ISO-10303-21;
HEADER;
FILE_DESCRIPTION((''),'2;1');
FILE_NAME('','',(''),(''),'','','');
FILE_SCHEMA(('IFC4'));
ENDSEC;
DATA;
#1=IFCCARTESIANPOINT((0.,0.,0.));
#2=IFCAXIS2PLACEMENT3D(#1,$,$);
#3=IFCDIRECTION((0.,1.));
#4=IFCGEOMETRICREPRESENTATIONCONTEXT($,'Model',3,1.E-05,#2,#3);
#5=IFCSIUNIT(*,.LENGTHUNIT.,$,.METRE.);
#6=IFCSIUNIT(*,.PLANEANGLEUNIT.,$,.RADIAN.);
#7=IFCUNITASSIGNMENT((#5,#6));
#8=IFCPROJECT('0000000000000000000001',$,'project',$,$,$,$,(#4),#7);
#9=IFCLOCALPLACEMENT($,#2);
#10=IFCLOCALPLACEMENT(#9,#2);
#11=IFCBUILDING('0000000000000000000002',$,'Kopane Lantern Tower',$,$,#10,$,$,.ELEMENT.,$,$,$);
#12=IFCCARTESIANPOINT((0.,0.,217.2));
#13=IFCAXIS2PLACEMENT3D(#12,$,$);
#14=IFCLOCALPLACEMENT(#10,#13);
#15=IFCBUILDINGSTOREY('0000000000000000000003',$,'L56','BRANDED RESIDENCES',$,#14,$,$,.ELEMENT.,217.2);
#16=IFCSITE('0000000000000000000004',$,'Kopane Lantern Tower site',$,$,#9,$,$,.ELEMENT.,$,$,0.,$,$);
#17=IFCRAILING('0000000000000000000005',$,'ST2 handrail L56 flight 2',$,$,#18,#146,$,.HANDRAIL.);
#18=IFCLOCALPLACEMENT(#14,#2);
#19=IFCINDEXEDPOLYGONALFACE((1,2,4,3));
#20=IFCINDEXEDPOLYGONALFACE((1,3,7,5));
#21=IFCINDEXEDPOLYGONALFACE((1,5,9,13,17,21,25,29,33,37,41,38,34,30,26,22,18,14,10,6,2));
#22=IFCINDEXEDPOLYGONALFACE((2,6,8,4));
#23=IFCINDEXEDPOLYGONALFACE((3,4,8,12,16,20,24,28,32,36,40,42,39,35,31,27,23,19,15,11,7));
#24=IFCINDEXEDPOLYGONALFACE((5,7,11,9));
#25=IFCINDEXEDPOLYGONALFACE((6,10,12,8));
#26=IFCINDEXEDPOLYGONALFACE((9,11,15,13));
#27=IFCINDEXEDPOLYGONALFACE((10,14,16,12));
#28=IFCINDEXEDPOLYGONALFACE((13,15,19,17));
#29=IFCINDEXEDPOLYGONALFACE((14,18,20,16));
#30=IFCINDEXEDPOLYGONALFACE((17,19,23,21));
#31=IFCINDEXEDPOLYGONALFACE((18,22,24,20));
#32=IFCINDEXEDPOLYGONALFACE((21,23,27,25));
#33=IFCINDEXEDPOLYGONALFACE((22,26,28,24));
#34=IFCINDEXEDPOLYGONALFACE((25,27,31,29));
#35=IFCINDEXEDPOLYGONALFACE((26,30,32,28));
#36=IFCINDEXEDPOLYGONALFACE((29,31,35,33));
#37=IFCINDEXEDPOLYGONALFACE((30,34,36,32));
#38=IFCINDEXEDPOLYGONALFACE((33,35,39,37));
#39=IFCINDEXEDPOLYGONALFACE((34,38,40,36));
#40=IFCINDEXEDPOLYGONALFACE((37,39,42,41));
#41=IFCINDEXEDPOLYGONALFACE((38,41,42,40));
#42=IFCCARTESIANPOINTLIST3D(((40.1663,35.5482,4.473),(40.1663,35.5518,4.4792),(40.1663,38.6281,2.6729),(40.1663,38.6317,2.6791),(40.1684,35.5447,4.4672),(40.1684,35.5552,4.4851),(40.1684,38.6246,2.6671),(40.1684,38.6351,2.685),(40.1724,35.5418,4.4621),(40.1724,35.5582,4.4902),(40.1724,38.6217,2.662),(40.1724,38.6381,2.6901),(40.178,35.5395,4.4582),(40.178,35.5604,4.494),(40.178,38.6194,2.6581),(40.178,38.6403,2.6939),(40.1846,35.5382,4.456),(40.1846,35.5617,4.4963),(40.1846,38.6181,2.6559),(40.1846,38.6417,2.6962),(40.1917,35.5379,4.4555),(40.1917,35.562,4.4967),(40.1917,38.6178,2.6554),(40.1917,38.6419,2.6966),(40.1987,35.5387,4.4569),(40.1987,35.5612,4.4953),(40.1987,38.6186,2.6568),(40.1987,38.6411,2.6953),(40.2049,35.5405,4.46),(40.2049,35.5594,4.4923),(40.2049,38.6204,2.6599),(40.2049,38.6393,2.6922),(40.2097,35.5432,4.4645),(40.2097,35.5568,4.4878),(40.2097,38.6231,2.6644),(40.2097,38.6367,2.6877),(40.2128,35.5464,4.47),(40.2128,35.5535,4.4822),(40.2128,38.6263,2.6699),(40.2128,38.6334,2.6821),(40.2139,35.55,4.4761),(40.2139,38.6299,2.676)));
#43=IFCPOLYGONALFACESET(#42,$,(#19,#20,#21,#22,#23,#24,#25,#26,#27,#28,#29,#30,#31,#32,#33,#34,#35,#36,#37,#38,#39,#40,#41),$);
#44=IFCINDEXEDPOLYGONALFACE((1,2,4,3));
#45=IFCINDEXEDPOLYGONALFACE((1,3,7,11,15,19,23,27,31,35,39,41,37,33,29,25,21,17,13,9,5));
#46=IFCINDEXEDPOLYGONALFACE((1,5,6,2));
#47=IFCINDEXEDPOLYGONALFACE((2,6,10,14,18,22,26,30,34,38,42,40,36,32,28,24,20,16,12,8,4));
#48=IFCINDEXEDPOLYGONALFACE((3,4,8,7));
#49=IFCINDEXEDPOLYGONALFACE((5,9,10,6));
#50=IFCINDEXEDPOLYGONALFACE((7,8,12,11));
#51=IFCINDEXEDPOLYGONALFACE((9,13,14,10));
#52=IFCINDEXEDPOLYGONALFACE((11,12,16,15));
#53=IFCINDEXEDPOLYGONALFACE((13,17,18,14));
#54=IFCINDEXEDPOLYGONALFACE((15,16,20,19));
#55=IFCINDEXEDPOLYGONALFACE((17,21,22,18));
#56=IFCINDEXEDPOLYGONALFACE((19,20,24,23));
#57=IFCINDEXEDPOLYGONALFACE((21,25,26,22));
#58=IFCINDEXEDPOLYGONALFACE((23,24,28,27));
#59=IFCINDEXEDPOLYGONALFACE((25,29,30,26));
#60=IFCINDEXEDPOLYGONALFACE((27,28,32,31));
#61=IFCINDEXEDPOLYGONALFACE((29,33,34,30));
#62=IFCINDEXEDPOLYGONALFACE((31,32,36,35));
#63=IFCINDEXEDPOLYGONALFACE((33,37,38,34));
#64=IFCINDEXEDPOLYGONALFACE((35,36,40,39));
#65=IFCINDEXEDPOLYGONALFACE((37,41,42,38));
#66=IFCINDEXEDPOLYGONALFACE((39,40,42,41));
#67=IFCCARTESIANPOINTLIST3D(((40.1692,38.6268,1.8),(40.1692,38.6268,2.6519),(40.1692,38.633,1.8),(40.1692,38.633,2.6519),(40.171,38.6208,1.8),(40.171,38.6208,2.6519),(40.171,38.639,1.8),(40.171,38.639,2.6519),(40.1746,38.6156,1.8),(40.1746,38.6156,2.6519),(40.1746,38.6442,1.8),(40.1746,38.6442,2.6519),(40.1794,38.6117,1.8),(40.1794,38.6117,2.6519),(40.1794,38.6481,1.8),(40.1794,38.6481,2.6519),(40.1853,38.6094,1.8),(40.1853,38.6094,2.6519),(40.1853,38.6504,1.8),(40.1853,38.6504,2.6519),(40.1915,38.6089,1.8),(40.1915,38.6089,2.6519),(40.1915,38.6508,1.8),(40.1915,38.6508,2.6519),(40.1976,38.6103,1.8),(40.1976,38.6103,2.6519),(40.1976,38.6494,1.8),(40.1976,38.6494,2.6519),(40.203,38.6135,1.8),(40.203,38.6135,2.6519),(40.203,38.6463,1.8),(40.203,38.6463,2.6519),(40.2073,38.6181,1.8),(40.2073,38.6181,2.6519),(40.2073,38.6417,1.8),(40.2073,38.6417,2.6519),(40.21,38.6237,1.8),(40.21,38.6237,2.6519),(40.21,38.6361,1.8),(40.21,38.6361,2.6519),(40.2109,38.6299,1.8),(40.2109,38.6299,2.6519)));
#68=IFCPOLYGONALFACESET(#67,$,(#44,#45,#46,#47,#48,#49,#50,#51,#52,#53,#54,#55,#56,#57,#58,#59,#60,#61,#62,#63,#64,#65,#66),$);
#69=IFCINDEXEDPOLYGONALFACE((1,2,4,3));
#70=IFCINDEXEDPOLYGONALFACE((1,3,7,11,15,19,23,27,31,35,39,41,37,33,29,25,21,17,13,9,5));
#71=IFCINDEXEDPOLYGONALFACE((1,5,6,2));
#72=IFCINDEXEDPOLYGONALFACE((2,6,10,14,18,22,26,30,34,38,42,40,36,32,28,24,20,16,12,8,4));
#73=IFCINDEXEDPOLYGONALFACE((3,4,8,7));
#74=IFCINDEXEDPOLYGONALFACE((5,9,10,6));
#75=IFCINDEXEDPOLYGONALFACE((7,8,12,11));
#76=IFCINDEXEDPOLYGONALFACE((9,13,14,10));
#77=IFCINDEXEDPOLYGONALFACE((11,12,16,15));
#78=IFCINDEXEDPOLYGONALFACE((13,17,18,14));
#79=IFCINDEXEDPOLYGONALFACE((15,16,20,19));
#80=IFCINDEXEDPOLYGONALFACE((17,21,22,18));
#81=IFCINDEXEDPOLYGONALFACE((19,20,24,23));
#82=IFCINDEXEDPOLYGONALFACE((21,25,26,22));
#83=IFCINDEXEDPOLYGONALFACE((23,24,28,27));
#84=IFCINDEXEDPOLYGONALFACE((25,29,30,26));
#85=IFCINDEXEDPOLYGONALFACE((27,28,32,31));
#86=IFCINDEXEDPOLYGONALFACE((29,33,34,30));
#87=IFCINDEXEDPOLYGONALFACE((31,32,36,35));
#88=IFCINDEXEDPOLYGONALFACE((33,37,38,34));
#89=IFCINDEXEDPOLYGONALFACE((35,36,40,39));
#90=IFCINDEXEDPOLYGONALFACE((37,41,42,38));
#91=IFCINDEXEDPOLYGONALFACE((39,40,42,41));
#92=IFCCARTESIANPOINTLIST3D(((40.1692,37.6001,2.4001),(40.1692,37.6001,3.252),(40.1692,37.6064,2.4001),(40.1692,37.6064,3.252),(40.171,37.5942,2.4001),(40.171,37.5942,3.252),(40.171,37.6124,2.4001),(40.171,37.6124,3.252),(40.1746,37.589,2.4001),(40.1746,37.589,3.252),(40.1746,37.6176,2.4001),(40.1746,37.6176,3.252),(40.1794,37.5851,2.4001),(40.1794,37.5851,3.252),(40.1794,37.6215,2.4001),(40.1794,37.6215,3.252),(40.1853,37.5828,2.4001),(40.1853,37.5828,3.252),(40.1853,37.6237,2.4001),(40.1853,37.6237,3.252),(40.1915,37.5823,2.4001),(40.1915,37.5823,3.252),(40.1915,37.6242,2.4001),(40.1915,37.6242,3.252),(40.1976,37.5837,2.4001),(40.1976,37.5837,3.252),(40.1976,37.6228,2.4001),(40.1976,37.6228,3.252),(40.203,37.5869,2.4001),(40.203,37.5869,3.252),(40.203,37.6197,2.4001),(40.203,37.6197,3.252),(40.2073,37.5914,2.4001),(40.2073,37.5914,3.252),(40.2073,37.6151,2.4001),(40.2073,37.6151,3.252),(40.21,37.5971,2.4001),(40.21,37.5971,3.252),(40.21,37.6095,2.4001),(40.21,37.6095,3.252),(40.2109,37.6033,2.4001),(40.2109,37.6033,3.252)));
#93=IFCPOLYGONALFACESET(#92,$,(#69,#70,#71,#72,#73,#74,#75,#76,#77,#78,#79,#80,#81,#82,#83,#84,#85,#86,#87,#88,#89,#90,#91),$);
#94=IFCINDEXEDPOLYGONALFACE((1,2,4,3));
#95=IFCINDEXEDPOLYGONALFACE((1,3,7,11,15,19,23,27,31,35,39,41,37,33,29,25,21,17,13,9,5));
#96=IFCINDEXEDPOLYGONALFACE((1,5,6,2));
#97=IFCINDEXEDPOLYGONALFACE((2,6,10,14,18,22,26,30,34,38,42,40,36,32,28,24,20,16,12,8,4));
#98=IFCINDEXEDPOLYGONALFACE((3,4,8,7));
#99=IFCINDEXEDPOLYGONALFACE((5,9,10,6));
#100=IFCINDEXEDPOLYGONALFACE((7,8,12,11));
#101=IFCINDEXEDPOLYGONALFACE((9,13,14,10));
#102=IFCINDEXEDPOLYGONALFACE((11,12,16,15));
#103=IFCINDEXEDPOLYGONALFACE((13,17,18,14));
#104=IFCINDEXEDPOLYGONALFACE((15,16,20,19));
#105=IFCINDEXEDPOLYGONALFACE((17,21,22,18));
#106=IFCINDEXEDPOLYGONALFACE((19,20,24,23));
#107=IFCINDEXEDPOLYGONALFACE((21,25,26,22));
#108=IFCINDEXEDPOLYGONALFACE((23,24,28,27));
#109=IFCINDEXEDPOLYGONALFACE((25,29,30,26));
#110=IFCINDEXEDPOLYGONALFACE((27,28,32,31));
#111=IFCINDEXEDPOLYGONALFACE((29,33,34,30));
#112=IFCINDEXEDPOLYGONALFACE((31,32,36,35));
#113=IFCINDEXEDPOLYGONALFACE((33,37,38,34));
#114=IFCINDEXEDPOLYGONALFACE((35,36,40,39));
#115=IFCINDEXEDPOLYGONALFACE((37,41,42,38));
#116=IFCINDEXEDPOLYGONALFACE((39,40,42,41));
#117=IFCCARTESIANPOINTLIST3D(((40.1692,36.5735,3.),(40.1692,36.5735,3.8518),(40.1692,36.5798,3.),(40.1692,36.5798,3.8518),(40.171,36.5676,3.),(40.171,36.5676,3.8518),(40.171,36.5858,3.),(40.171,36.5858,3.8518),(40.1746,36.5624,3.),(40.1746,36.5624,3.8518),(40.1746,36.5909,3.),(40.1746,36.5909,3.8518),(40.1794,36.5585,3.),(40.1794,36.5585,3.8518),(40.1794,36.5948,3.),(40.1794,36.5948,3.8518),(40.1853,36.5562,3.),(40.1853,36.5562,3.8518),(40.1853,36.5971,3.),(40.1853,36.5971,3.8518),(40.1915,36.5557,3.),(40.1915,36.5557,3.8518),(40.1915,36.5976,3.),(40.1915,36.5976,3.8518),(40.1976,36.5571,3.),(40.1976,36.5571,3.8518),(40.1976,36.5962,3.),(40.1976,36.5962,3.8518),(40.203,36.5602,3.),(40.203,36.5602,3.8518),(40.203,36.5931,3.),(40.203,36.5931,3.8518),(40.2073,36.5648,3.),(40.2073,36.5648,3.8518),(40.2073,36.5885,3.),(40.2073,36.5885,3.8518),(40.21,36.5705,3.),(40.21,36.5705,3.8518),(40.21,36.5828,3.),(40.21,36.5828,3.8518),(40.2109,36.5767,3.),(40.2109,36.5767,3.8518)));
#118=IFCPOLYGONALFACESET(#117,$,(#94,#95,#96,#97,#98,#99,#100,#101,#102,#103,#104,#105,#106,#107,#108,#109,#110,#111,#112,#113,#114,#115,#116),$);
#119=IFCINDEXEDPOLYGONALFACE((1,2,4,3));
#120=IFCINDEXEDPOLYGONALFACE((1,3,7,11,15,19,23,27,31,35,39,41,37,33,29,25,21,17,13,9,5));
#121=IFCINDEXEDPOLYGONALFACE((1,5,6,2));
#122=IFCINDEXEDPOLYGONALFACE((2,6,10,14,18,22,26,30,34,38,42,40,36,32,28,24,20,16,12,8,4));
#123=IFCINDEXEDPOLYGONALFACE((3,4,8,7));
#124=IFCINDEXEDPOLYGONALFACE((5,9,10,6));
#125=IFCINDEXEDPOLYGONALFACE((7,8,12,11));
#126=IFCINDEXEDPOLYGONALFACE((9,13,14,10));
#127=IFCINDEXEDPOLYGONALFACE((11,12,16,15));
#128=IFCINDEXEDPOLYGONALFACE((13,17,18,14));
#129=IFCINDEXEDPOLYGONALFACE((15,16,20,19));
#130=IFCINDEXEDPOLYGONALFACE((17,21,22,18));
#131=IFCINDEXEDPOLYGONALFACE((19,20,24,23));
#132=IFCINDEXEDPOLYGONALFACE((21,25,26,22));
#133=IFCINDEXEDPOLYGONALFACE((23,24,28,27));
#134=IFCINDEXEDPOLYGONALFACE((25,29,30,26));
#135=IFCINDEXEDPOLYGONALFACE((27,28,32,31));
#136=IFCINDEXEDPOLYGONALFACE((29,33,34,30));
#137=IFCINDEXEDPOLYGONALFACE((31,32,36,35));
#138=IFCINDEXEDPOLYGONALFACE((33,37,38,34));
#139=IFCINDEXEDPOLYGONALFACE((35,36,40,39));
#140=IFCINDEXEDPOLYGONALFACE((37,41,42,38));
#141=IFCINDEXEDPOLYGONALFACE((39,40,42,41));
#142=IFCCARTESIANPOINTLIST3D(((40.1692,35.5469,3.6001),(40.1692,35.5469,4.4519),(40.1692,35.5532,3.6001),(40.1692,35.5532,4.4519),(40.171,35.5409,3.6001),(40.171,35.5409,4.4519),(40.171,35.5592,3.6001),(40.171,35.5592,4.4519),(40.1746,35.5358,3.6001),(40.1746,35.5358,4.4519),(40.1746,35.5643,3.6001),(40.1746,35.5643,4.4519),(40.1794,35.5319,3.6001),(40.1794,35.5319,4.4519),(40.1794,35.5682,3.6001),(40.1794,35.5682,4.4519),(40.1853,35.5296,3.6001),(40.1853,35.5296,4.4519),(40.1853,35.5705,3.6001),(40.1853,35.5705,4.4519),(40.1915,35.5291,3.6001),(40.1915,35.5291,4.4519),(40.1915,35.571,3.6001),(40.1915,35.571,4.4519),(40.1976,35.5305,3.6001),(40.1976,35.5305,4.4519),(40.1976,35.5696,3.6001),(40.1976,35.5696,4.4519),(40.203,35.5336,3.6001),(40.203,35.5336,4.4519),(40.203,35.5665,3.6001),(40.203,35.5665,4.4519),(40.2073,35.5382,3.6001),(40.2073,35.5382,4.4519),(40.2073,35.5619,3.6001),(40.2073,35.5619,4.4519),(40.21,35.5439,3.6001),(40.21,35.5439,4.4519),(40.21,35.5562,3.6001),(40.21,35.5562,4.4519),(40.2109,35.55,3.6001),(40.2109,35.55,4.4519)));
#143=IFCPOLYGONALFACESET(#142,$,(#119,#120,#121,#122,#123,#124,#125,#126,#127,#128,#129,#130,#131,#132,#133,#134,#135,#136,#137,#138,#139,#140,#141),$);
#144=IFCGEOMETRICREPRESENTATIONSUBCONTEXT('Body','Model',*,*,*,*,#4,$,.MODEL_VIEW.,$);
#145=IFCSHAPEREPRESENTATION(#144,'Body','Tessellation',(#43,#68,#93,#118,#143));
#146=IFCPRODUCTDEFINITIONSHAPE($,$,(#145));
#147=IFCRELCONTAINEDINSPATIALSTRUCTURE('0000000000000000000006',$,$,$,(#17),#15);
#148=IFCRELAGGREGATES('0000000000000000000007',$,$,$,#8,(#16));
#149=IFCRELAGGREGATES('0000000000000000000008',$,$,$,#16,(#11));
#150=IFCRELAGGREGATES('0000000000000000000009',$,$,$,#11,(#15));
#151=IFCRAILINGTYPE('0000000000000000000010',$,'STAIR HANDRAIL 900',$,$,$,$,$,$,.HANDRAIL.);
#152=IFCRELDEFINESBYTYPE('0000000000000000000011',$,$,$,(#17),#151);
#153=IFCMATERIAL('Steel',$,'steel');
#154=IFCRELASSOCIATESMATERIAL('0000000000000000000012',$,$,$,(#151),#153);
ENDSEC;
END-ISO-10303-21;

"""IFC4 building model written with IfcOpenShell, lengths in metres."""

from ifc_helpers import new_model, si_unit, direction, frame, origin, origin_2d, place, context, subcontext, project, spatial, circle, extrude, material, type_object, element, save


model = new_model("IFC4")

# Units and contexts
model_context = context("Model", 3, precision=1e-05, world=origin(), true_north=direction((0.0, 1.0)))
body_context = subcontext(model_context, "Body", "Model", "MODEL_VIEW")
ifc_project = project(units=[si_unit("LENGTHUNIT", "METRE"), si_unit("PLANEANGLEUNIT", "RADIAN")], contexts=[model_context])

# Site, building, storey
site_placement = place(None, origin())
site = spatial("IfcSite", under=ifc_project, at=site_placement, Name="Kopane Lantern Tower site", CompositionType="ELEMENT", RefElevation=0.0)
building_placement = place(site_placement, origin())
building = spatial("IfcBuilding", under=site, at=building_placement, Name="Kopane Lantern Tower", CompositionType="ELEMENT")
storey_placement = place(building_placement, frame((0.0, 0.0, 217.2)))
storey = spatial("IfcBuildingStorey", under=building, at=storey_placement, Name="L56", Description="BRANDED RESIDENCES", CompositionType="ELEMENT", Elevation=217.2)

# Railing
ifc_material_1 = material(Name="Steel", Category="steel")
railing_type_1 = type_object("IfcRailingType", Name="STAIR HANDRAIL 900", PredefinedType="HANDRAIL", material=ifc_material_1)
for number, where, name in (
    (1, (40.1899, 38.6299, 1.8), "ST2 handrail L56 flight 2"),
):
    element("IfcRailing", number, at=place(storey_placement, frame(where)), inside=storey, type_object=railing_type_1, Name=name, PredefinedType="HANDRAIL", context=body_context, shape_type="SweptSolid", body=[
        extrude(circle(Radius=0.0239, at=origin_2d()), frame((0.0, 0.0, 0.876), z_axis=(0.0, -0.863354, 0.504598), x_axis=(1.0, 0.0, 0.0)), (0.0, 0.0, 1.0), 3.5674),
        extrude(circle(Radius=0.021, at=origin_2d()), origin(), (0.0, 0.0, 1.0), 0.8518),
        extrude(circle(Radius=0.021, at=origin_2d()), frame((0.0, -1.0266, 0.6001)), (0.0, 0.0, 1.0), 0.8518),
        extrude(circle(Radius=0.021, at=origin_2d()), frame((0.0, -2.0532, 1.2)), (0.0, 0.0, 1.0), 0.8518),
        extrude(circle(Radius=0.021, at=origin_2d()), frame((0.0, -3.0798, 1.8)), (0.0, 0.0, 1.0), 0.8518),
    ])

save(model, "model.ifc")
